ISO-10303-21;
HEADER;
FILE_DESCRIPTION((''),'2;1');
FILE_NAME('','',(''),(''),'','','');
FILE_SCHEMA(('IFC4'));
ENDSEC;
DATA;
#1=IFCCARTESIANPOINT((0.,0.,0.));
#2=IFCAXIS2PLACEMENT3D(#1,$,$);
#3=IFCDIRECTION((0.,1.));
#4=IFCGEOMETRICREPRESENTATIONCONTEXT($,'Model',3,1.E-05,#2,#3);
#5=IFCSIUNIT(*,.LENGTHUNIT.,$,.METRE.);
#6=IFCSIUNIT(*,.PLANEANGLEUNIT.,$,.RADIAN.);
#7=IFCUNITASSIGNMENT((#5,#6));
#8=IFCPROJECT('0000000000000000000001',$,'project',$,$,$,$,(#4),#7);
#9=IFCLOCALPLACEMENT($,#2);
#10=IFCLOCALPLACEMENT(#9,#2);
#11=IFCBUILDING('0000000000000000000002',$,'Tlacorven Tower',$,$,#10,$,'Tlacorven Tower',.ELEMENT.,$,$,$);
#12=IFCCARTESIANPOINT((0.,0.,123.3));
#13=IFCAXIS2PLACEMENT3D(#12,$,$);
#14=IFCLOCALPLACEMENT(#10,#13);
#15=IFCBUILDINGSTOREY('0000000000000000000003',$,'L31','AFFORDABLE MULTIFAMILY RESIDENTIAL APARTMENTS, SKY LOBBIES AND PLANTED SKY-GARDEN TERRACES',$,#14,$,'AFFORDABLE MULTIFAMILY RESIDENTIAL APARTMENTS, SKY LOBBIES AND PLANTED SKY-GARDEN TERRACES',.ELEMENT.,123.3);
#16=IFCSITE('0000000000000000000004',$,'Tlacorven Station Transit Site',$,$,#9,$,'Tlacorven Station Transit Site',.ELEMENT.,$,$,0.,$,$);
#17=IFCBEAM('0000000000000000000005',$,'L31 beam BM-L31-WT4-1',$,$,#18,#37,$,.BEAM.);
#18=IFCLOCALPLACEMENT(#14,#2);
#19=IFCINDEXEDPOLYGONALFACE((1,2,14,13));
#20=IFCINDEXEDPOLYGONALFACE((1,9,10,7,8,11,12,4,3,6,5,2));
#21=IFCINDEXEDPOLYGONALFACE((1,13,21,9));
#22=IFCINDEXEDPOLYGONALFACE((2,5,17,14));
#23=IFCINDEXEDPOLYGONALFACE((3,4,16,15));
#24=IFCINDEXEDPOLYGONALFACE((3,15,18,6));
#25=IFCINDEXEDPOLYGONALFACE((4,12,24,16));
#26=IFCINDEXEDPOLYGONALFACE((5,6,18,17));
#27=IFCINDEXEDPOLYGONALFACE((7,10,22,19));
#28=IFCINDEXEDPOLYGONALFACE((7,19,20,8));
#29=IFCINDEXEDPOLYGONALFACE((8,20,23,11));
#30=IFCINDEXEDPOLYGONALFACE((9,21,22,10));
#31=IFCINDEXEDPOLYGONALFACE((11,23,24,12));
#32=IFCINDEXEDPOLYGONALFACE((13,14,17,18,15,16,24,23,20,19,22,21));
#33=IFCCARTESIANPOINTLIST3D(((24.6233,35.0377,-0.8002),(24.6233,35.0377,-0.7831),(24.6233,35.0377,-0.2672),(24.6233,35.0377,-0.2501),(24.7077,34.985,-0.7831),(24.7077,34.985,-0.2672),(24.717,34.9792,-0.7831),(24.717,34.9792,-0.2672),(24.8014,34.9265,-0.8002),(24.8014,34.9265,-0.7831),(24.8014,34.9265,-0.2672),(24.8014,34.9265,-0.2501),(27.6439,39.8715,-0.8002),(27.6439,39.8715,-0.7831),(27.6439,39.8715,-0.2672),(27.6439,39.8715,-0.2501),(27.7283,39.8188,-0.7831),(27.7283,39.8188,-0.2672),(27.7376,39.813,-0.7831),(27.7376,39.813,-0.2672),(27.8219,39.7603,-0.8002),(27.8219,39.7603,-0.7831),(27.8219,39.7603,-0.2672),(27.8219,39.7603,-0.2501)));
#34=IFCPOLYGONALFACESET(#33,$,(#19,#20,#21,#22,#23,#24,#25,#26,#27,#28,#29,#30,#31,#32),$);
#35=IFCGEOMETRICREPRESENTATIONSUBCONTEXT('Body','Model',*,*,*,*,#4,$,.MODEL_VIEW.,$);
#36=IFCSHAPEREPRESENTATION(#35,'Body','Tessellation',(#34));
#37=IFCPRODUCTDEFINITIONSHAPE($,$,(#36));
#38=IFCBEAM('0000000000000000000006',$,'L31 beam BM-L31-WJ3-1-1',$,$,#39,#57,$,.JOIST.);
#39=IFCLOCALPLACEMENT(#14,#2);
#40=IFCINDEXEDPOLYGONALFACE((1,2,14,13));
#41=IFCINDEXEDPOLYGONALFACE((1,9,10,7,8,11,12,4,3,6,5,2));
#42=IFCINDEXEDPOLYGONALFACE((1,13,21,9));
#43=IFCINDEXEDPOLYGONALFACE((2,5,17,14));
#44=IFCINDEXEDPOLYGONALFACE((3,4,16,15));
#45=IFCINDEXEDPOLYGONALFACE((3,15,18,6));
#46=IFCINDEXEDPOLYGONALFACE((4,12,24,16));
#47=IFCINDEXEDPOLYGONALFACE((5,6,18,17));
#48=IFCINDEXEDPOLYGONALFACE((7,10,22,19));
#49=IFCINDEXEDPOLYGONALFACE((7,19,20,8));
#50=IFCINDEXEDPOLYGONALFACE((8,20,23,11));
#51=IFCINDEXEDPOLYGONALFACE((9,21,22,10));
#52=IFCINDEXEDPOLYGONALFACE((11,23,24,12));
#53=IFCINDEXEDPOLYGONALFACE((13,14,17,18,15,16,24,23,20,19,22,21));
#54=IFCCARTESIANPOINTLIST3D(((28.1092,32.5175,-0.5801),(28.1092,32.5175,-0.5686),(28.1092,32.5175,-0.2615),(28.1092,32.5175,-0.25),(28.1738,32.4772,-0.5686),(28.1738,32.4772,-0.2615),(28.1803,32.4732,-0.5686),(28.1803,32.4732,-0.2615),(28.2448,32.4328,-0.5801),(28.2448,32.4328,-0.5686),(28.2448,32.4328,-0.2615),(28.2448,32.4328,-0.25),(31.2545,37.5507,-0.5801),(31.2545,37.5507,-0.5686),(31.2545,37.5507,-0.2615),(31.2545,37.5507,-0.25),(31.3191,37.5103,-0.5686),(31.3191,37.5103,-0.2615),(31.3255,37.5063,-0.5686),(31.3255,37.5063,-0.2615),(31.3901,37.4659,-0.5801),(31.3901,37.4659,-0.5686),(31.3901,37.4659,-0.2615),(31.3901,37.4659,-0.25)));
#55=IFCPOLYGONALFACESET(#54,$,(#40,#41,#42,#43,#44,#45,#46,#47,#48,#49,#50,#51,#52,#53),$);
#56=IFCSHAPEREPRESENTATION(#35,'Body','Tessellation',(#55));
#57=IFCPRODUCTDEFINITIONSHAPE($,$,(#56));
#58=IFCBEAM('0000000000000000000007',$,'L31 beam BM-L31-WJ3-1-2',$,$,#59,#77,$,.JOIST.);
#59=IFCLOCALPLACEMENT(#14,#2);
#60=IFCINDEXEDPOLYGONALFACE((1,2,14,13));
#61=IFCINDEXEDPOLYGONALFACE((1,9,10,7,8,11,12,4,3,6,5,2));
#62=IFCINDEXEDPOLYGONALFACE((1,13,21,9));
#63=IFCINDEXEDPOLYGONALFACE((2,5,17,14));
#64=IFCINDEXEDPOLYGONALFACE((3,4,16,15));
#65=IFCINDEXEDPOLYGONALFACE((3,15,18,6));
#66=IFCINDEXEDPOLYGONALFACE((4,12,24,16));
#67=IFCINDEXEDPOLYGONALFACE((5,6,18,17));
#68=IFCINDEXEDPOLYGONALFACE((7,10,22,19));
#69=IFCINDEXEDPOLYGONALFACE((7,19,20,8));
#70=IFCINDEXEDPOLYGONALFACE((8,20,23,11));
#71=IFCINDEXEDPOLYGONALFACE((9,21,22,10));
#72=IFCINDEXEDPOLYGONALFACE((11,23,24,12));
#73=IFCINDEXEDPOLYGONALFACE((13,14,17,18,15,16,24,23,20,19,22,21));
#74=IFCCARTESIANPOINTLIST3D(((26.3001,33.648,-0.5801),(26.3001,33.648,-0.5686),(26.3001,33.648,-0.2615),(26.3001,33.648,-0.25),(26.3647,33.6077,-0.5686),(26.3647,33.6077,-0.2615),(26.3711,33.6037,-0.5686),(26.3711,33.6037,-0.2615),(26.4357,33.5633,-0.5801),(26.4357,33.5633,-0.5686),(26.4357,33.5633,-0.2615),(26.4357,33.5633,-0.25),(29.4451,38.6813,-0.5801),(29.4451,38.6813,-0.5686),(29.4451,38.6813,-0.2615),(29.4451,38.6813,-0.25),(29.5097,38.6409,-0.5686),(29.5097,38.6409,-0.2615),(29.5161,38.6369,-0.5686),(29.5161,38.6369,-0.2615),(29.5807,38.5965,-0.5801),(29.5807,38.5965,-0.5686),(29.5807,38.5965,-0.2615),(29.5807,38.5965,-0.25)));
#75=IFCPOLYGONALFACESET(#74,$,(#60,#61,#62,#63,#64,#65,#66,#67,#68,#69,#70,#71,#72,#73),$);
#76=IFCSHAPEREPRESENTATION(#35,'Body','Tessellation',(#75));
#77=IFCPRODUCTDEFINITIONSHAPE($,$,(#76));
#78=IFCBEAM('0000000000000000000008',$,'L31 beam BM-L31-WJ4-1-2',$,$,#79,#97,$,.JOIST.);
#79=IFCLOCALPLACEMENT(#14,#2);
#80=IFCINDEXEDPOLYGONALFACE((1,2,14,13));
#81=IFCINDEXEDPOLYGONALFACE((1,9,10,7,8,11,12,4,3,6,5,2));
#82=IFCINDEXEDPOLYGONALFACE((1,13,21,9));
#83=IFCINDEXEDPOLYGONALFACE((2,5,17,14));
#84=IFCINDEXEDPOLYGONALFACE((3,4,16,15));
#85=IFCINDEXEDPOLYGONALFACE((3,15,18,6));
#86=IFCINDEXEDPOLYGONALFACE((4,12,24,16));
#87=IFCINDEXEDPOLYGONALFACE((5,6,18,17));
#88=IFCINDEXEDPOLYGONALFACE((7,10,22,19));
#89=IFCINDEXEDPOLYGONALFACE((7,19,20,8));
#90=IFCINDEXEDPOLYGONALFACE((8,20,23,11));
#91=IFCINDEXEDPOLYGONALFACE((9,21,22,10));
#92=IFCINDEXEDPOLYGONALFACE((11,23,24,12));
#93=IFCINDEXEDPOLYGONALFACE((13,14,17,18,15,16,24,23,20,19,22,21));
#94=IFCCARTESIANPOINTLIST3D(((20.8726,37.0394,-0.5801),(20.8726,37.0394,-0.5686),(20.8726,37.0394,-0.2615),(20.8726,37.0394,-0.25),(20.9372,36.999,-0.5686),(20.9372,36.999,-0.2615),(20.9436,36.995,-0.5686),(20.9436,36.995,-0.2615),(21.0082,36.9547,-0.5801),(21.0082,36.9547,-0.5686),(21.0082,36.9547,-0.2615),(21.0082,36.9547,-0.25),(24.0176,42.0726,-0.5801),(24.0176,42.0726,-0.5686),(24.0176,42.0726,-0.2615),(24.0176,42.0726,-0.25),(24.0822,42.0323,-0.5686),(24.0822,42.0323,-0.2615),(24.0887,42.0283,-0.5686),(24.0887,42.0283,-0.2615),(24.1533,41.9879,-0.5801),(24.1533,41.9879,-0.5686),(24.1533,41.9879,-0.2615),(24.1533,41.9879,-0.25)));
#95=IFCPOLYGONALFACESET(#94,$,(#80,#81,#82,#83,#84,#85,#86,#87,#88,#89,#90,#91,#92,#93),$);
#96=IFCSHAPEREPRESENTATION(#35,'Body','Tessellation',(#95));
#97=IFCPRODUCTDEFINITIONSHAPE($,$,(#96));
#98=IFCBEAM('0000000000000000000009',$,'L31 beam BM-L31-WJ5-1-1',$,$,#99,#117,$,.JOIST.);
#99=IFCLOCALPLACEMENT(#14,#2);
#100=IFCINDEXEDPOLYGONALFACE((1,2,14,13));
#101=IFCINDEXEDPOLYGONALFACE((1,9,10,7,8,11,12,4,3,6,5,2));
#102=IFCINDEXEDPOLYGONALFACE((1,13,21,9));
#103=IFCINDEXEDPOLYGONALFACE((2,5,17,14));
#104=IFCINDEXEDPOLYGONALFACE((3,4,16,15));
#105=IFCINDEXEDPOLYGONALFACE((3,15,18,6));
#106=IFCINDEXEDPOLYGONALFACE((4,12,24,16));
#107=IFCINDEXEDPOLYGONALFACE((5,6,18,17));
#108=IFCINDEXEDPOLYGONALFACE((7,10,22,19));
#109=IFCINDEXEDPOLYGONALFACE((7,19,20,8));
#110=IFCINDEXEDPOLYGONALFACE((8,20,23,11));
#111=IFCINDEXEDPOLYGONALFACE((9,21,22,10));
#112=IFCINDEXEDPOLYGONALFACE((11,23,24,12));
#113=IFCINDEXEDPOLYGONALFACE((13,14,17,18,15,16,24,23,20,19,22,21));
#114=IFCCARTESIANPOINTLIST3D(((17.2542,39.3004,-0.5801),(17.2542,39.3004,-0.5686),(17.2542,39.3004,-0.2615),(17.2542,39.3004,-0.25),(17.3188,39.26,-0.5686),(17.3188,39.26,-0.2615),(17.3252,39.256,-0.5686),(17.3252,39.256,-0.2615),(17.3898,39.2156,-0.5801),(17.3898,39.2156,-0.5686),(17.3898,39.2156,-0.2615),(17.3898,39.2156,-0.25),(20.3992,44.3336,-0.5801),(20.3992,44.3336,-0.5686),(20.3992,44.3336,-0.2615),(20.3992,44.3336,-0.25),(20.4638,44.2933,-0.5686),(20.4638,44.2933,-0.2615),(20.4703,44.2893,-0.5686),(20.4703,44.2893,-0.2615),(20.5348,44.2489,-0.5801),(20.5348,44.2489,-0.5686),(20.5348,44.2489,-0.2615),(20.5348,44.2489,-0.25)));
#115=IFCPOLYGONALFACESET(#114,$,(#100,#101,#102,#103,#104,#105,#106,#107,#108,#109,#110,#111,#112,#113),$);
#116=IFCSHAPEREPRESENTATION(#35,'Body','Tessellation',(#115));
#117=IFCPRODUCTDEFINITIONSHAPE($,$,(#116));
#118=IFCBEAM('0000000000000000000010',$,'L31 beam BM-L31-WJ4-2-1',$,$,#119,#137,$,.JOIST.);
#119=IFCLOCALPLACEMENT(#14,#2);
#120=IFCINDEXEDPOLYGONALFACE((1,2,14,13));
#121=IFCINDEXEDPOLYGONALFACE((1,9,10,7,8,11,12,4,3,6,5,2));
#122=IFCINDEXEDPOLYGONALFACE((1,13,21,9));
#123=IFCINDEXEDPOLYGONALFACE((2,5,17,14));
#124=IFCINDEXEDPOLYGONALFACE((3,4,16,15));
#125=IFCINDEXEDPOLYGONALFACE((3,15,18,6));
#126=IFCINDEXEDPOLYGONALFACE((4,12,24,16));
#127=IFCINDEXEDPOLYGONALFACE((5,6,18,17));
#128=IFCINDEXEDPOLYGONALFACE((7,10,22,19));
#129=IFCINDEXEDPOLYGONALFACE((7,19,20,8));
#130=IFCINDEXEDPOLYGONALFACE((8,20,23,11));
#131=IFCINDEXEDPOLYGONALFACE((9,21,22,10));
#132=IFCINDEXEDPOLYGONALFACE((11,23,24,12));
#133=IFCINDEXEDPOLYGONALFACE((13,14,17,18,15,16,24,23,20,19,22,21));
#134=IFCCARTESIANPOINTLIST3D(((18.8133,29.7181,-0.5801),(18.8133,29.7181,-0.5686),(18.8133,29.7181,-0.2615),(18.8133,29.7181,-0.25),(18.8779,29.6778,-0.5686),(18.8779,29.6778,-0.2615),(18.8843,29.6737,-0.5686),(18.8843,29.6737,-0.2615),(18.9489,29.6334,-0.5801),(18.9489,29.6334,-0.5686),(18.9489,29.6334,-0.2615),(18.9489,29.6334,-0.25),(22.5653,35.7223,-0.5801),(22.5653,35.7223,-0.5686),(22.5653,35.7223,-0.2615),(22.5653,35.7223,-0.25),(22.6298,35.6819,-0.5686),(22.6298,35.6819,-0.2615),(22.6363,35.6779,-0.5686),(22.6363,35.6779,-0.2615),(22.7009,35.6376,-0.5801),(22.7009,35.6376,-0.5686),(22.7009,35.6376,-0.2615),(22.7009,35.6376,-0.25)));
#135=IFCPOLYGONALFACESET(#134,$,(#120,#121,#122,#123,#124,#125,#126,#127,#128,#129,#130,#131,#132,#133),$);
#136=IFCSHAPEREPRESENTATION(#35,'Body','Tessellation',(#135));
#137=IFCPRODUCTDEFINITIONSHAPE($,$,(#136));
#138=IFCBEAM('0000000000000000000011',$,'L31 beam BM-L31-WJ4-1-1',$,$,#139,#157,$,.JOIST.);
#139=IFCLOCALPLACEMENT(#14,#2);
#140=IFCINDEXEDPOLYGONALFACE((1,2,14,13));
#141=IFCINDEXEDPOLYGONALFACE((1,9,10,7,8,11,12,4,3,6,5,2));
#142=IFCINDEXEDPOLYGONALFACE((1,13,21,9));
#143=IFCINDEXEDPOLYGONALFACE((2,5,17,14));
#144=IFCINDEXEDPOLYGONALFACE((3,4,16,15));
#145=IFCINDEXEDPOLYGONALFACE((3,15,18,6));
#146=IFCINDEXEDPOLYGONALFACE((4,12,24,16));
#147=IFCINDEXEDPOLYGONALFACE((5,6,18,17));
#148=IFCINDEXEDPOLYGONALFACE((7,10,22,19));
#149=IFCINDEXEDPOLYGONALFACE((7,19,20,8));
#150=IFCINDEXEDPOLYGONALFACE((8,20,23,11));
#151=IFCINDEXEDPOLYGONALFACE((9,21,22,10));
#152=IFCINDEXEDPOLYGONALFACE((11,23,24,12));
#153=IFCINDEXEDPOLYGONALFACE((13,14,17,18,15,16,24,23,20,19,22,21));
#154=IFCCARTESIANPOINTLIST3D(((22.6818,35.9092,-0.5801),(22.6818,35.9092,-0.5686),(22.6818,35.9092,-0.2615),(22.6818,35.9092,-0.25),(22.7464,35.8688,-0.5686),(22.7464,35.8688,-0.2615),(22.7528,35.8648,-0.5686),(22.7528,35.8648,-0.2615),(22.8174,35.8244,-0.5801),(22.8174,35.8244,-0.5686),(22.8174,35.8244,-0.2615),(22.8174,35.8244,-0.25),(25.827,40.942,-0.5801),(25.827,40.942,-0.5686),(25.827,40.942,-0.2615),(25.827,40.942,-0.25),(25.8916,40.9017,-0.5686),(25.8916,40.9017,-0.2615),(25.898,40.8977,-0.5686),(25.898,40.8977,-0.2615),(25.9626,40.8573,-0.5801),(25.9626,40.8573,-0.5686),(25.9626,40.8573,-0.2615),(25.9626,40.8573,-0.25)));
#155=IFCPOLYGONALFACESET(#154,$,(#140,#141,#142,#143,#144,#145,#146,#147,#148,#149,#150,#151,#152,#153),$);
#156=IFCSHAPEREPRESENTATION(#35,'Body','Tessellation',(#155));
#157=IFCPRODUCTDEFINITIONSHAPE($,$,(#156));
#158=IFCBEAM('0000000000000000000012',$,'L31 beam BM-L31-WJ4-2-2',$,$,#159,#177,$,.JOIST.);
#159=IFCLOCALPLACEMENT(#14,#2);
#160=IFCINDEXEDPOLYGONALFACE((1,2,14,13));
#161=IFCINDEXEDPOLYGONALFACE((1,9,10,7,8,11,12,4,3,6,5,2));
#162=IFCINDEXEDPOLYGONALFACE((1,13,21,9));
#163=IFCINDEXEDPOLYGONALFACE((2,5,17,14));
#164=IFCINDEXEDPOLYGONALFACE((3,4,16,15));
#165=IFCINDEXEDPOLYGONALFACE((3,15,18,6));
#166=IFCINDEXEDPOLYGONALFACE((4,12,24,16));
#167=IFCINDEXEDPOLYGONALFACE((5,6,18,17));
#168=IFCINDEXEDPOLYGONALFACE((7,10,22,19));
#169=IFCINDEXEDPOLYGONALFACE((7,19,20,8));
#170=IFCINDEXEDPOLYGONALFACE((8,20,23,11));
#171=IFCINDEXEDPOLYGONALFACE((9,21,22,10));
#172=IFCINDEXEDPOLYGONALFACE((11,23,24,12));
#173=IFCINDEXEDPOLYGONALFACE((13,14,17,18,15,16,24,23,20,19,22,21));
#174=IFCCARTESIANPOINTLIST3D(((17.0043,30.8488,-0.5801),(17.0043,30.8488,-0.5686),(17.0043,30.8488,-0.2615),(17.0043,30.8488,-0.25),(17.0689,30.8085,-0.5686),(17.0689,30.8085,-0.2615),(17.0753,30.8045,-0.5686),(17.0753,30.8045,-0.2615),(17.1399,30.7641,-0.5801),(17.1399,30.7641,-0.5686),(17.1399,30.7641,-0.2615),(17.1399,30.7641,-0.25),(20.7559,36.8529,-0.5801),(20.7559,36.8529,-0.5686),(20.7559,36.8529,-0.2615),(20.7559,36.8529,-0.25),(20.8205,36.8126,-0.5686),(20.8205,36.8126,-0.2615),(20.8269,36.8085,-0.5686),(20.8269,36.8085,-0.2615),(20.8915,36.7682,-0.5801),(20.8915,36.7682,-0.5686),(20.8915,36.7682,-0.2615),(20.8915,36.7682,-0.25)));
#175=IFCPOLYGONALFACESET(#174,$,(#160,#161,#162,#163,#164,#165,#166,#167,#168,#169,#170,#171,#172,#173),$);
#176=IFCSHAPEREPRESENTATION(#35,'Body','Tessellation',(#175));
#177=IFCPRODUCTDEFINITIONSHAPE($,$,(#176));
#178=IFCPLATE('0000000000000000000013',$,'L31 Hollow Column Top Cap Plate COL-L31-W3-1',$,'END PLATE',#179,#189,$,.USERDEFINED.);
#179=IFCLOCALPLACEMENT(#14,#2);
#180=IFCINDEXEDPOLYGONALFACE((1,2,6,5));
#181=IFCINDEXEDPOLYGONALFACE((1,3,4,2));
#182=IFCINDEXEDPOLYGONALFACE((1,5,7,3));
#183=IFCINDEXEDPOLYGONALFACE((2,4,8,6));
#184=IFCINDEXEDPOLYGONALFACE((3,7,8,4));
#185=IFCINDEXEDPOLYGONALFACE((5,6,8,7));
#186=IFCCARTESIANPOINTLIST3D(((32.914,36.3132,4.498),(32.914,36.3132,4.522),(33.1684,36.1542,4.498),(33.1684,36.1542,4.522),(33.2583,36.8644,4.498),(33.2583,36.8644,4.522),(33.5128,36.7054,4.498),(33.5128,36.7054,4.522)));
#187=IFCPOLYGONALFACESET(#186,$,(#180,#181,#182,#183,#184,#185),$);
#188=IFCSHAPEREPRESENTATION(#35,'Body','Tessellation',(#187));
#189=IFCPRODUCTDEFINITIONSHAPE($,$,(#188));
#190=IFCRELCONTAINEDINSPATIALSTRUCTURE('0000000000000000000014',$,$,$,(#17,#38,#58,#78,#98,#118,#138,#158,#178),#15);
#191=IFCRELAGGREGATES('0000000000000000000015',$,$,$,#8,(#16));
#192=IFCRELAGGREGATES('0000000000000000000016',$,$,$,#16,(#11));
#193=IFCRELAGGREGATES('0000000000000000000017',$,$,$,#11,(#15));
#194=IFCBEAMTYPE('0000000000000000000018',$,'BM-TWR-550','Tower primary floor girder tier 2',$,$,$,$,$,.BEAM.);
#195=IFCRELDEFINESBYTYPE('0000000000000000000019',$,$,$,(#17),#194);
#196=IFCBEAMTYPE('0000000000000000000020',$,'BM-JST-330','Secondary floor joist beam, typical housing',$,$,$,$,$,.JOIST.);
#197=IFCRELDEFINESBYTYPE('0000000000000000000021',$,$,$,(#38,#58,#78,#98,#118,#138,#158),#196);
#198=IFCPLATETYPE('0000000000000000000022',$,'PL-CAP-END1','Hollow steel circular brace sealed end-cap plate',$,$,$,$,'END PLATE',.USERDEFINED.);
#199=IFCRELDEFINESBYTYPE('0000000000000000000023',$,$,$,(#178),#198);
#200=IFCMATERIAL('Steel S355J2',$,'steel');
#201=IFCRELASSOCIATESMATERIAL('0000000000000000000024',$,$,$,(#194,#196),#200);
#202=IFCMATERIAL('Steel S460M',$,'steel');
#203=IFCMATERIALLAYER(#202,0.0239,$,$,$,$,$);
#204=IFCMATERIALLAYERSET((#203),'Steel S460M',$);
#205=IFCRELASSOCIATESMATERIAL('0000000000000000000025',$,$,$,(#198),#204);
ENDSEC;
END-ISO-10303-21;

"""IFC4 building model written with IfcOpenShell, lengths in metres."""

from ifc_helpers import new_model, si_unit, direction, frame, origin, origin_2d, place, context, subcontext, project, spatial, rectangle, i_section, extrude, source, transform, mapped, material, layer, layer_set, material_profile, profile_set, type_object, element, save


model = new_model("IFC4")

# Units and contexts
model_context = context("Model", 3, precision=1e-05, world=origin(), true_north=direction((0.0, 1.0)))
body_context = subcontext(model_context, "Body", "Model", "MODEL_VIEW")
ifc_project = project(units=[si_unit("LENGTHUNIT", "METRE"), si_unit("PLANEANGLEUNIT", "RADIAN")], contexts=[model_context])

# Site, building, storey
site_placement = place(None, origin())
site = spatial("IfcSite", under=ifc_project, at=site_placement, Name="Tlacorven Station Transit Site", LongName="Tlacorven Station Transit Site", CompositionType="ELEMENT", RefElevation=0.0)
building_placement = place(site_placement, origin())
building = spatial("IfcBuilding", under=site, at=building_placement, Name="Tlacorven Tower", LongName="Tlacorven Tower", CompositionType="ELEMENT")
storey_placement = place(building_placement, frame((0.0, 0.0, 123.3)))
storey = spatial("IfcBuildingStorey", under=building, at=storey_placement, Name="L31", Description="AFFORDABLE MULTIFAMILY RESIDENTIAL APARTMENTS, SKY LOBBIES AND PLANTED SKY-GARDEN TERRACES", LongName="AFFORDABLE MULTIFAMILY RESIDENTIAL APARTMENTS, SKY LOBBIES AND PLANTED SKY-GARDEN TERRACES", CompositionType="ELEMENT", Elevation=123.3)

# Shared definitions
ifc_material_1 = material(Name="Steel S460M", Category="steel")

# Beams
ifc_material_2 = material(Name="Steel S355J2", Category="steel")
ifc_material_profile_1 = material_profile(ifc_material_2, i_section(OverallWidth=0.21, OverallDepth=0.55, WebThickness=0.011, FlangeThickness=0.0171, at=origin_2d()), Name="IPE 550")
ifc_profile_set_1 = profile_set([ifc_material_profile_1], Name="Steel S355J2")
beam_type_1 = type_object("IfcBeamType", Name="BM-TWR-550", Description="Tower primary floor girder tier 2", PredefinedType="BEAM", material=ifc_profile_set_1)
shared_shape_1 = source(origin(), body_context, "Body", "SweptSolid", [
    extrude(i_section(OverallWidth=0.21, OverallDepth=0.55, WebThickness=0.011, FlangeThickness=0.0171, at=origin_2d()), origin(), (0.0, 0.0, 1.0), 5.7),
])
beam_1_placement = place(storey_placement, frame((27.7329, 39.8159, -0.5251), z_axis=(-0.529926, -0.848044, 0.0), x_axis=(0.848044, -0.529926, 0.0)))
element("IfcBeam", 1, at=beam_1_placement, inside=storey, type_object=beam_type_1, Name="L31 beam BM-L31-WT4-1", PredefinedType="BEAM", context=body_context, shape_type="MappedRepresentation", body=[
    mapped(shared_shape_1, transform((0.0, 0.0, 0.0), scale=1.0)),
])
ifc_material_profile_2 = material_profile(ifc_material_2, i_section(OverallWidth=0.1599, OverallDepth=0.3301, WebThickness=0.0076, FlangeThickness=0.0115, at=origin_2d()), Name="IPE 330")
ifc_profile_set_2 = profile_set([ifc_material_profile_2], Name="Steel S355J2")
beam_type_2 = type_object("IfcBeamType", Name="BM-JST-330", Description="Secondary floor joist beam, typical housing", PredefinedType="JOIST", material=ifc_profile_set_2)
shared_shape_2 = source(origin(), body_context, "Body", "SweptSolid", [
    extrude(i_section(OverallWidth=0.1599, OverallDepth=0.3301, WebThickness=0.0076, FlangeThickness=0.0115, at=origin_2d()), origin(), (0.0, 0.0, 1.0), 5.9351),
])
for number, where, z_axis, x_axis, name in (
    (2, (31.3223, 37.5083, -0.415), (-0.52994, -0.848035, 0.0), (0.848035, -0.52994, 0.0), "L31 beam BM-L31-WJ3-1-1"),
    (3, (29.5129, 38.6389, -0.415), (-0.52991, -0.848054, 0.0), (0.848054, -0.52991, 0.0), "L31 beam BM-L31-WJ3-1-2"),
    (4, (24.0854, 42.0303, -0.415), (-0.52991, -0.848054, 0.0), (0.848054, -0.52991, 0.0), "L31 beam BM-L31-WJ4-1-2"),
    (5, (20.467, 44.2913, -0.415), (-0.52991, -0.848054, 0.0), (0.848054, -0.52991, 0.0), "L31 beam BM-L31-WJ5-1-1"),
):
    element("IfcBeam", number, at=place(storey_placement, frame(where, z_axis=z_axis, x_axis=x_axis)), inside=storey, type_object=beam_type_2, Name=name, PredefinedType="JOIST", context=body_context, shape_type="MappedRepresentation", body=[
        mapped(shared_shape_2, transform((0.0, 0.0, 0.0), scale=1.0)),
    ])
shared_shape_3 = source(origin(), body_context, "Body", "SweptSolid", [
    extrude(i_section(OverallWidth=0.1599, OverallDepth=0.3301, WebThickness=0.0076, FlangeThickness=0.0115, at=origin_2d()), origin(), (0.0, 0.0, 1.0), 7.0801),
])
beam_2_placement = place(storey_placement, frame((22.6331, 35.6799, -0.415), z_axis=(-0.529934, -0.848039, 0.0), x_axis=(0.848039, -0.529934, 0.0)))
element("IfcBeam", 6, at=beam_2_placement, inside=storey, type_object=beam_type_2, Name="L31 beam BM-L31-WJ4-2-1", PredefinedType="JOIST", context=body_context, shape_type="MappedRepresentation", body=[
    mapped(shared_shape_3, transform((0.0, 0.0, 0.0), scale=1.0)),
])
shared_shape_4 = source(origin(), body_context, "Body", "SweptSolid", [
    extrude(i_section(OverallWidth=0.1599, OverallDepth=0.3301, WebThickness=0.0076, FlangeThickness=0.0115, at=origin_2d()), origin(), (0.0, 0.0, 1.0), 5.9348),
])
beam_3_placement = place(storey_placement, frame((25.8948, 40.8997, -0.415), z_axis=(-0.529958, -0.848024, 0.0), x_axis=(0.848024, -0.529958, 0.0)))
element("IfcBeam", 7, at=beam_3_placement, inside=storey, type_object=beam_type_2, Name="L31 beam BM-L31-WJ4-1-1", PredefinedType="JOIST", context=body_context, shape_type="MappedRepresentation", body=[
    mapped(shared_shape_4, transform((0.0, 0.0, 0.0), scale=1.0)),
])
shared_shape_5 = source(origin(), body_context, "Body", "SweptSolid", [
    extrude(i_section(OverallWidth=0.1599, OverallDepth=0.3301, WebThickness=0.0076, FlangeThickness=0.0115, at=origin_2d()), origin(), (0.0, 0.0, 1.0), 7.0798),
])
beam_4_placement = place(storey_placement, frame((20.8237, 36.8105, -0.415), z_axis=(-0.529909, -0.848054, 0.0), x_axis=(0.848054, -0.529909, 0.0)))
element("IfcBeam", 8, at=beam_4_placement, inside=storey, type_object=beam_type_2, Name="L31 beam BM-L31-WJ4-2-2", PredefinedType="JOIST", context=body_context, shape_type="MappedRepresentation", body=[
    mapped(shared_shape_5, transform((0.0, 0.0, 0.0), scale=1.0)),
])

# Plate
ifc_layer_1 = layer(ifc_material_1, 0.0239)
ifc_layer_set_1 = layer_set([ifc_layer_1], Name="Steel S460M")
plate_type = type_object("IfcPlateType", Name="PL-CAP-END1", Description="Hollow steel circular brace sealed end-cap plate", ElementType="END PLATE", PredefinedType="USERDEFINED", material=ifc_layer_set_1)
shared_shape_6 = source(origin(), body_context, "Body", "SweptSolid", [
    extrude(rectangle(XDim=0.3, YDim=0.6499, at=origin_2d()), origin(), (0.0, 0.0, 1.0), 0.0239),
])
for number, where, z_axis, x_axis, name in (
    (9, (33.2134, 36.5093, 4.498), (0.0, 0.0, 1.0), (-0.848048, 0.529919, 0.0), "L31 Hollow Column Top Cap Plate COL-L31-W3-1"),
):
    element("IfcPlate", number, at=place(storey_placement, frame(where, z_axis=z_axis, x_axis=x_axis)), inside=storey, type_object=plate_type, Name=name, ObjectType="END PLATE", PredefinedType="USERDEFINED", context=body_context, shape_type="MappedRepresentation", body=[
        mapped(shared_shape_6, transform((0.0, 0.0, 0.0), scale=1.0)),
    ])

save(model, "model.ifc")
